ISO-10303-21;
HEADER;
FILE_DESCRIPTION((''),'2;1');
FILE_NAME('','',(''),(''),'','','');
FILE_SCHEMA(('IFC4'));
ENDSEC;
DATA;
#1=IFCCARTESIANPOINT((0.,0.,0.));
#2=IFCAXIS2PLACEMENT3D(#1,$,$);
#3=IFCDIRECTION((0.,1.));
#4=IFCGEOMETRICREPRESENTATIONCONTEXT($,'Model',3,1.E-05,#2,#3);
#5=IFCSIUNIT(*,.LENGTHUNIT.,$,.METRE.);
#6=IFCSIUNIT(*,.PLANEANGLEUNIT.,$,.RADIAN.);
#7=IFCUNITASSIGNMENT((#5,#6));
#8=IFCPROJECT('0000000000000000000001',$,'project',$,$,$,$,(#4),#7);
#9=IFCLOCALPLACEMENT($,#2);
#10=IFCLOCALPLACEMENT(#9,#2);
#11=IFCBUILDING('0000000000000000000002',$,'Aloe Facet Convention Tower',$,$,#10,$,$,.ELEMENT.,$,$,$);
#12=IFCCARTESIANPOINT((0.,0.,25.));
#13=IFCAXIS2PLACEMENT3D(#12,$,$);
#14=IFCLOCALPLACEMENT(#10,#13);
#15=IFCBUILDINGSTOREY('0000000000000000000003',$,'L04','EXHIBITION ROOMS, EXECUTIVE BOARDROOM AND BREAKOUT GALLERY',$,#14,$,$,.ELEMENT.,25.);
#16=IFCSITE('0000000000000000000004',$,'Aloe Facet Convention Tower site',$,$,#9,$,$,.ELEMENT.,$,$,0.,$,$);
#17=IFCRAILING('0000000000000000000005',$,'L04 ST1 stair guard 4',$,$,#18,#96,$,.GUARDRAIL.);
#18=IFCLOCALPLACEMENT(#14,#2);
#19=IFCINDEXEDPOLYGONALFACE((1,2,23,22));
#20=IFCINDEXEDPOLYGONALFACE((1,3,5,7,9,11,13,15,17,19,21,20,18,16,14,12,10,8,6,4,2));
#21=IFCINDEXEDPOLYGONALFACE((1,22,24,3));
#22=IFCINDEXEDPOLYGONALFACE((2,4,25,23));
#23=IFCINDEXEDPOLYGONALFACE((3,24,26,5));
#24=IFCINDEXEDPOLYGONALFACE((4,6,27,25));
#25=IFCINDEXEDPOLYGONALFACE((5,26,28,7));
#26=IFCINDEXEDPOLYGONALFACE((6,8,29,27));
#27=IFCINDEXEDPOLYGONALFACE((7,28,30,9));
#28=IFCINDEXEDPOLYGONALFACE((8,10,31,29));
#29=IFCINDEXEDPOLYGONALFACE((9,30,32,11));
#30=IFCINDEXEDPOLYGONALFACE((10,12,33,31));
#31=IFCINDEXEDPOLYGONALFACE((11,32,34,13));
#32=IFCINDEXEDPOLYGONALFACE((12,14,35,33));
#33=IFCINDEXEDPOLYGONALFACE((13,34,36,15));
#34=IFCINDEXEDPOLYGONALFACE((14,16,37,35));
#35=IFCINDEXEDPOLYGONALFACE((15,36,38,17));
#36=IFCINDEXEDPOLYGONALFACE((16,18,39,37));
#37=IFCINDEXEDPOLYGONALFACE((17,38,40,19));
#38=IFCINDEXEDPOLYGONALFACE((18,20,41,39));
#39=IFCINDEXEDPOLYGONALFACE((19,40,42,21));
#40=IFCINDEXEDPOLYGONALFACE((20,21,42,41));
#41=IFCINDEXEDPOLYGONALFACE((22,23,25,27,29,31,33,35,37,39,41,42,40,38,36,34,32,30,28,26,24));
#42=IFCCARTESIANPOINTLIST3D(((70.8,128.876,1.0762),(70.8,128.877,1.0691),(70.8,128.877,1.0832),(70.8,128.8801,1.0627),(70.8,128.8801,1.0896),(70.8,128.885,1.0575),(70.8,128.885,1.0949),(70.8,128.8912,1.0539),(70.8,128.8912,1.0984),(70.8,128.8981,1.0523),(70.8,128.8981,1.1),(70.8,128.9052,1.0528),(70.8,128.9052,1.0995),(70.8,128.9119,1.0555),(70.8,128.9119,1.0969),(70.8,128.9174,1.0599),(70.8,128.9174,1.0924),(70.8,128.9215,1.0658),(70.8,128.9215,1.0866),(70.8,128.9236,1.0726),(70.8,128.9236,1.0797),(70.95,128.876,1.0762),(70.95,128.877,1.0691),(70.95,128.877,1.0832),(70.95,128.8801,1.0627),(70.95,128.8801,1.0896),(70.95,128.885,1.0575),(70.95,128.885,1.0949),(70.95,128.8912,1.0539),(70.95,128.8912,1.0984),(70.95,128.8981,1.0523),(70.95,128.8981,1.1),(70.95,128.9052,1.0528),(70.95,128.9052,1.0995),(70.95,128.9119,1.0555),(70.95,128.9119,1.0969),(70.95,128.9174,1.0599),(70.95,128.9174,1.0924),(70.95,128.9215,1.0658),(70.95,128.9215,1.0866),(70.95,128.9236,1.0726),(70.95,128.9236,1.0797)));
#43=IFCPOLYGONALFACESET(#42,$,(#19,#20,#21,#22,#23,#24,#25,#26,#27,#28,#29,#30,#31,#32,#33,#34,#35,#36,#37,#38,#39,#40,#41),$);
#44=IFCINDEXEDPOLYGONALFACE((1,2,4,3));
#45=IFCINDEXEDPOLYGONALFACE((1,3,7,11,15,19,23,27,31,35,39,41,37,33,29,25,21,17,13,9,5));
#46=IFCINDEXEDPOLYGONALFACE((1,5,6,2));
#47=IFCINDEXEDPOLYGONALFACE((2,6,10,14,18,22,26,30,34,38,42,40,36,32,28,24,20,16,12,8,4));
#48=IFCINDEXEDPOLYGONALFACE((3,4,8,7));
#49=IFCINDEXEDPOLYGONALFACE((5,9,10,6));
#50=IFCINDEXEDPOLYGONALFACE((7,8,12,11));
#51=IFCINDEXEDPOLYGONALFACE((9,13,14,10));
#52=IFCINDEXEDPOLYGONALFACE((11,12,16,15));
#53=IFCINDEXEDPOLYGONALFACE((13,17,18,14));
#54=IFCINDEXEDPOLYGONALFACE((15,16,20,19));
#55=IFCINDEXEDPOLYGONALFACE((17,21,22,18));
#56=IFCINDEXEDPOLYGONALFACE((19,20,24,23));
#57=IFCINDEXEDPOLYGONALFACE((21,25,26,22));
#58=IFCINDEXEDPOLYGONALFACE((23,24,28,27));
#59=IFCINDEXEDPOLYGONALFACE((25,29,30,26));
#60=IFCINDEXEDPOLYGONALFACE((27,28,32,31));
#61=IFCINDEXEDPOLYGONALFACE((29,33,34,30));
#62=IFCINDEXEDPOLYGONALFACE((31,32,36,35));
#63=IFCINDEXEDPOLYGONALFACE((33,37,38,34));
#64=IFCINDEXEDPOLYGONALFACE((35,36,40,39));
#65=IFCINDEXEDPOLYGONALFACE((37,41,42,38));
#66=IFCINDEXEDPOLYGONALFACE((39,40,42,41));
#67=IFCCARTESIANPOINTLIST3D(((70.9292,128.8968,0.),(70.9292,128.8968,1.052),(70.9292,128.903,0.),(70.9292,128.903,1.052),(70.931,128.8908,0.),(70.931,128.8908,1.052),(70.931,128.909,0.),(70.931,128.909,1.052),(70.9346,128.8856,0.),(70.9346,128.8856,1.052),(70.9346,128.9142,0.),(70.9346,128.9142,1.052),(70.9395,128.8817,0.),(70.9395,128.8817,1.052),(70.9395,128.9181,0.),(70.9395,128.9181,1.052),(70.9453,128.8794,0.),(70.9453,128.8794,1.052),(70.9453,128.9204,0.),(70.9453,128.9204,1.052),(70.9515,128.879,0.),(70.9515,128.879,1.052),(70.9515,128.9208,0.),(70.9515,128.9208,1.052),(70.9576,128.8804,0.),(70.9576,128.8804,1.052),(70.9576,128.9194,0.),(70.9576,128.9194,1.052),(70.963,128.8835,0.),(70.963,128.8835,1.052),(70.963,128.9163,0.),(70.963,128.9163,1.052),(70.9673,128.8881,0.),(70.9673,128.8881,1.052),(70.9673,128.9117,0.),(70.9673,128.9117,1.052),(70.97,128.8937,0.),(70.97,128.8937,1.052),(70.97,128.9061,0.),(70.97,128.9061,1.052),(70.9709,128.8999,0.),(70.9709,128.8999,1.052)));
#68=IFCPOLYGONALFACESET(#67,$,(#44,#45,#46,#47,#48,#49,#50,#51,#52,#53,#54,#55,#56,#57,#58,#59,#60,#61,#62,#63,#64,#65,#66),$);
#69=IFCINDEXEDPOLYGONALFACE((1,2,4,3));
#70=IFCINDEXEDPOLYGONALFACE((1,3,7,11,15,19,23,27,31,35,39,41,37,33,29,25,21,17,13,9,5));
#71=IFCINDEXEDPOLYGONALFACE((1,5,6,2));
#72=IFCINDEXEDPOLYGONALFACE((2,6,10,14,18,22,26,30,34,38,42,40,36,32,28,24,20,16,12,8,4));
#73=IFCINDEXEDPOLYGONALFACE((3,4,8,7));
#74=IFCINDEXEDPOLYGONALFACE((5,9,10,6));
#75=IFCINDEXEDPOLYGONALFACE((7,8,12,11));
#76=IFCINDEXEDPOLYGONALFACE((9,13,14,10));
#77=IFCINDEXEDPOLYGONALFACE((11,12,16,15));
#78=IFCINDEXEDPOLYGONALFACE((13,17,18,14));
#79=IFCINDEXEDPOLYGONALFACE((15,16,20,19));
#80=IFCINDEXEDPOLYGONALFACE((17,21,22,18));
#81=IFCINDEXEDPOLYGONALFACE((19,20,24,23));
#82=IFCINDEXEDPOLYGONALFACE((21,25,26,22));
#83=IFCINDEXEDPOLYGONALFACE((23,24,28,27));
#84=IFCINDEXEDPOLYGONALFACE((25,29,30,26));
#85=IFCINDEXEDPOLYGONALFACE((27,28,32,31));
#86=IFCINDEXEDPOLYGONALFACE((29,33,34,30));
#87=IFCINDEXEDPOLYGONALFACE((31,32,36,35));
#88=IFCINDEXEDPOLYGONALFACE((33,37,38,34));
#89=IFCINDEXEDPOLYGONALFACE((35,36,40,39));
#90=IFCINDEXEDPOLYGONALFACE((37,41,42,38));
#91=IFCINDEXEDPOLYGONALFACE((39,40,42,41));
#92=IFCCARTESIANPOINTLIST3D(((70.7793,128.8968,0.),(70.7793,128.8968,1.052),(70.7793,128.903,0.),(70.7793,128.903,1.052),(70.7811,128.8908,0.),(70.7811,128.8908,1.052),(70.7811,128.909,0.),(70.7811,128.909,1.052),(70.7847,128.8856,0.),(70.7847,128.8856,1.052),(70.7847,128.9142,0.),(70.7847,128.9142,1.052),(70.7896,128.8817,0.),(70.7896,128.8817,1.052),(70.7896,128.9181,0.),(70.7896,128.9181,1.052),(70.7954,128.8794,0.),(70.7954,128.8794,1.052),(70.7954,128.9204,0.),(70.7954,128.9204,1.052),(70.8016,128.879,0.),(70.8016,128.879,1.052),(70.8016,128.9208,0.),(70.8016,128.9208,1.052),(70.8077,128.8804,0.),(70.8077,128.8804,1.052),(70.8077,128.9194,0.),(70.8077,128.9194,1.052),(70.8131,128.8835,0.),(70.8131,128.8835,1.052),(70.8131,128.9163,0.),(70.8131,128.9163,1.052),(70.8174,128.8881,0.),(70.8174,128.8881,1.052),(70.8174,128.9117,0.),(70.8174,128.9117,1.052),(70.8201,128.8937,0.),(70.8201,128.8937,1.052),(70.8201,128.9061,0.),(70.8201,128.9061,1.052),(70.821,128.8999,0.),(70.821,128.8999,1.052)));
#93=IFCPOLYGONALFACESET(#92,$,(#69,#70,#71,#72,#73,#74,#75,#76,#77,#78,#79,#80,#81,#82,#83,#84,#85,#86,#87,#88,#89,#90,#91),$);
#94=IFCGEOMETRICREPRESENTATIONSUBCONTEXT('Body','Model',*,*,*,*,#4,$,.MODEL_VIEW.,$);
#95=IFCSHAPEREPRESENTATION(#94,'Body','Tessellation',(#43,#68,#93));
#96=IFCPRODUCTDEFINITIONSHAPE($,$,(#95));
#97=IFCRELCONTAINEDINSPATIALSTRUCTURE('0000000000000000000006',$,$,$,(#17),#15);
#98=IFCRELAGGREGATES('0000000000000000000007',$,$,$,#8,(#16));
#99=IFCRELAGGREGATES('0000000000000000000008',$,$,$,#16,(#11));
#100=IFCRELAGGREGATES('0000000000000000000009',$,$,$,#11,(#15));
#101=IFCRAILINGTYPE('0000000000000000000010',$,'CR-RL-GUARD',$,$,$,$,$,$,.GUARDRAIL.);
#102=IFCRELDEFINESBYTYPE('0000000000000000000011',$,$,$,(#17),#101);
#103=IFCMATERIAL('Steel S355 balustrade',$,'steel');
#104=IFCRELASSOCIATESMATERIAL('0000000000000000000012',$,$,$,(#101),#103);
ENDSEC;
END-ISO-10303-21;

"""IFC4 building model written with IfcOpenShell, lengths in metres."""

from ifc_helpers import new_model, si_unit, direction, frame, origin, origin_2d, place, context, subcontext, project, spatial, circle, extrude, material, type_object, element, save


model = new_model("IFC4")

# Units and contexts
model_context = context("Model", 3, precision=1e-05, world=origin(), true_north=direction((0.0, 1.0)))
body_context = subcontext(model_context, "Body", "Model", "MODEL_VIEW")
ifc_project = project(units=[si_unit("LENGTHUNIT", "METRE"), si_unit("PLANEANGLEUNIT", "RADIAN")], contexts=[model_context])

# Site, building, storey
site_placement = place(None, origin())
site = spatial("IfcSite", under=ifc_project, at=site_placement, Name="Aloe Facet Convention Tower site", CompositionType="ELEMENT", RefElevation=0.0)
building_placement = place(site_placement, origin())
building = spatial("IfcBuilding", under=site, at=building_placement, Name="Aloe Facet Convention Tower", CompositionType="ELEMENT")
storey_placement = place(building_placement, frame((0.0, 0.0, 25.0)))
storey = spatial("IfcBuildingStorey", under=building, at=storey_placement, Name="L04", Description="EXHIBITION ROOMS, EXECUTIVE BOARDROOM AND BREAKOUT GALLERY", CompositionType="ELEMENT", Elevation=25.0)

# Railing
ifc_material_1 = material(Name="Steel S355 balustrade", Category="steel")
railing_type_1 = type_object("IfcRailingType", Name="CR-RL-GUARD", PredefinedType="GUARDRAIL", material=ifc_material_1)
railing_1_placement = place(storey_placement, frame((70.95, 128.8999, 0.0)))
element("IfcRailing", 1, at=railing_1_placement, inside=storey, type_object=railing_type_1, Name="L04 ST1 stair guard 4", PredefinedType="GUARDRAIL", context=body_context, shape_type="SweptSolid", body=[
    extrude(circle(Radius=0.0239, at=origin_2d()), frame((0.0, 0.0, 1.0762), z_axis=(-1.0, 0.0, 0.0), x_axis=(0.0, -1.0, 0.0)), (0.0, 0.0, 1.0), 0.1499),
    extrude(circle(Radius=0.021, at=origin_2d()), origin(), (0.0, 0.0, 1.0), 1.052),
    extrude(circle(Radius=0.021, at=origin_2d()), frame((-0.1499, 0.0, 0.0)), (0.0, 0.0, 1.0), 1.052),
])

save(model, "model.ifc")
